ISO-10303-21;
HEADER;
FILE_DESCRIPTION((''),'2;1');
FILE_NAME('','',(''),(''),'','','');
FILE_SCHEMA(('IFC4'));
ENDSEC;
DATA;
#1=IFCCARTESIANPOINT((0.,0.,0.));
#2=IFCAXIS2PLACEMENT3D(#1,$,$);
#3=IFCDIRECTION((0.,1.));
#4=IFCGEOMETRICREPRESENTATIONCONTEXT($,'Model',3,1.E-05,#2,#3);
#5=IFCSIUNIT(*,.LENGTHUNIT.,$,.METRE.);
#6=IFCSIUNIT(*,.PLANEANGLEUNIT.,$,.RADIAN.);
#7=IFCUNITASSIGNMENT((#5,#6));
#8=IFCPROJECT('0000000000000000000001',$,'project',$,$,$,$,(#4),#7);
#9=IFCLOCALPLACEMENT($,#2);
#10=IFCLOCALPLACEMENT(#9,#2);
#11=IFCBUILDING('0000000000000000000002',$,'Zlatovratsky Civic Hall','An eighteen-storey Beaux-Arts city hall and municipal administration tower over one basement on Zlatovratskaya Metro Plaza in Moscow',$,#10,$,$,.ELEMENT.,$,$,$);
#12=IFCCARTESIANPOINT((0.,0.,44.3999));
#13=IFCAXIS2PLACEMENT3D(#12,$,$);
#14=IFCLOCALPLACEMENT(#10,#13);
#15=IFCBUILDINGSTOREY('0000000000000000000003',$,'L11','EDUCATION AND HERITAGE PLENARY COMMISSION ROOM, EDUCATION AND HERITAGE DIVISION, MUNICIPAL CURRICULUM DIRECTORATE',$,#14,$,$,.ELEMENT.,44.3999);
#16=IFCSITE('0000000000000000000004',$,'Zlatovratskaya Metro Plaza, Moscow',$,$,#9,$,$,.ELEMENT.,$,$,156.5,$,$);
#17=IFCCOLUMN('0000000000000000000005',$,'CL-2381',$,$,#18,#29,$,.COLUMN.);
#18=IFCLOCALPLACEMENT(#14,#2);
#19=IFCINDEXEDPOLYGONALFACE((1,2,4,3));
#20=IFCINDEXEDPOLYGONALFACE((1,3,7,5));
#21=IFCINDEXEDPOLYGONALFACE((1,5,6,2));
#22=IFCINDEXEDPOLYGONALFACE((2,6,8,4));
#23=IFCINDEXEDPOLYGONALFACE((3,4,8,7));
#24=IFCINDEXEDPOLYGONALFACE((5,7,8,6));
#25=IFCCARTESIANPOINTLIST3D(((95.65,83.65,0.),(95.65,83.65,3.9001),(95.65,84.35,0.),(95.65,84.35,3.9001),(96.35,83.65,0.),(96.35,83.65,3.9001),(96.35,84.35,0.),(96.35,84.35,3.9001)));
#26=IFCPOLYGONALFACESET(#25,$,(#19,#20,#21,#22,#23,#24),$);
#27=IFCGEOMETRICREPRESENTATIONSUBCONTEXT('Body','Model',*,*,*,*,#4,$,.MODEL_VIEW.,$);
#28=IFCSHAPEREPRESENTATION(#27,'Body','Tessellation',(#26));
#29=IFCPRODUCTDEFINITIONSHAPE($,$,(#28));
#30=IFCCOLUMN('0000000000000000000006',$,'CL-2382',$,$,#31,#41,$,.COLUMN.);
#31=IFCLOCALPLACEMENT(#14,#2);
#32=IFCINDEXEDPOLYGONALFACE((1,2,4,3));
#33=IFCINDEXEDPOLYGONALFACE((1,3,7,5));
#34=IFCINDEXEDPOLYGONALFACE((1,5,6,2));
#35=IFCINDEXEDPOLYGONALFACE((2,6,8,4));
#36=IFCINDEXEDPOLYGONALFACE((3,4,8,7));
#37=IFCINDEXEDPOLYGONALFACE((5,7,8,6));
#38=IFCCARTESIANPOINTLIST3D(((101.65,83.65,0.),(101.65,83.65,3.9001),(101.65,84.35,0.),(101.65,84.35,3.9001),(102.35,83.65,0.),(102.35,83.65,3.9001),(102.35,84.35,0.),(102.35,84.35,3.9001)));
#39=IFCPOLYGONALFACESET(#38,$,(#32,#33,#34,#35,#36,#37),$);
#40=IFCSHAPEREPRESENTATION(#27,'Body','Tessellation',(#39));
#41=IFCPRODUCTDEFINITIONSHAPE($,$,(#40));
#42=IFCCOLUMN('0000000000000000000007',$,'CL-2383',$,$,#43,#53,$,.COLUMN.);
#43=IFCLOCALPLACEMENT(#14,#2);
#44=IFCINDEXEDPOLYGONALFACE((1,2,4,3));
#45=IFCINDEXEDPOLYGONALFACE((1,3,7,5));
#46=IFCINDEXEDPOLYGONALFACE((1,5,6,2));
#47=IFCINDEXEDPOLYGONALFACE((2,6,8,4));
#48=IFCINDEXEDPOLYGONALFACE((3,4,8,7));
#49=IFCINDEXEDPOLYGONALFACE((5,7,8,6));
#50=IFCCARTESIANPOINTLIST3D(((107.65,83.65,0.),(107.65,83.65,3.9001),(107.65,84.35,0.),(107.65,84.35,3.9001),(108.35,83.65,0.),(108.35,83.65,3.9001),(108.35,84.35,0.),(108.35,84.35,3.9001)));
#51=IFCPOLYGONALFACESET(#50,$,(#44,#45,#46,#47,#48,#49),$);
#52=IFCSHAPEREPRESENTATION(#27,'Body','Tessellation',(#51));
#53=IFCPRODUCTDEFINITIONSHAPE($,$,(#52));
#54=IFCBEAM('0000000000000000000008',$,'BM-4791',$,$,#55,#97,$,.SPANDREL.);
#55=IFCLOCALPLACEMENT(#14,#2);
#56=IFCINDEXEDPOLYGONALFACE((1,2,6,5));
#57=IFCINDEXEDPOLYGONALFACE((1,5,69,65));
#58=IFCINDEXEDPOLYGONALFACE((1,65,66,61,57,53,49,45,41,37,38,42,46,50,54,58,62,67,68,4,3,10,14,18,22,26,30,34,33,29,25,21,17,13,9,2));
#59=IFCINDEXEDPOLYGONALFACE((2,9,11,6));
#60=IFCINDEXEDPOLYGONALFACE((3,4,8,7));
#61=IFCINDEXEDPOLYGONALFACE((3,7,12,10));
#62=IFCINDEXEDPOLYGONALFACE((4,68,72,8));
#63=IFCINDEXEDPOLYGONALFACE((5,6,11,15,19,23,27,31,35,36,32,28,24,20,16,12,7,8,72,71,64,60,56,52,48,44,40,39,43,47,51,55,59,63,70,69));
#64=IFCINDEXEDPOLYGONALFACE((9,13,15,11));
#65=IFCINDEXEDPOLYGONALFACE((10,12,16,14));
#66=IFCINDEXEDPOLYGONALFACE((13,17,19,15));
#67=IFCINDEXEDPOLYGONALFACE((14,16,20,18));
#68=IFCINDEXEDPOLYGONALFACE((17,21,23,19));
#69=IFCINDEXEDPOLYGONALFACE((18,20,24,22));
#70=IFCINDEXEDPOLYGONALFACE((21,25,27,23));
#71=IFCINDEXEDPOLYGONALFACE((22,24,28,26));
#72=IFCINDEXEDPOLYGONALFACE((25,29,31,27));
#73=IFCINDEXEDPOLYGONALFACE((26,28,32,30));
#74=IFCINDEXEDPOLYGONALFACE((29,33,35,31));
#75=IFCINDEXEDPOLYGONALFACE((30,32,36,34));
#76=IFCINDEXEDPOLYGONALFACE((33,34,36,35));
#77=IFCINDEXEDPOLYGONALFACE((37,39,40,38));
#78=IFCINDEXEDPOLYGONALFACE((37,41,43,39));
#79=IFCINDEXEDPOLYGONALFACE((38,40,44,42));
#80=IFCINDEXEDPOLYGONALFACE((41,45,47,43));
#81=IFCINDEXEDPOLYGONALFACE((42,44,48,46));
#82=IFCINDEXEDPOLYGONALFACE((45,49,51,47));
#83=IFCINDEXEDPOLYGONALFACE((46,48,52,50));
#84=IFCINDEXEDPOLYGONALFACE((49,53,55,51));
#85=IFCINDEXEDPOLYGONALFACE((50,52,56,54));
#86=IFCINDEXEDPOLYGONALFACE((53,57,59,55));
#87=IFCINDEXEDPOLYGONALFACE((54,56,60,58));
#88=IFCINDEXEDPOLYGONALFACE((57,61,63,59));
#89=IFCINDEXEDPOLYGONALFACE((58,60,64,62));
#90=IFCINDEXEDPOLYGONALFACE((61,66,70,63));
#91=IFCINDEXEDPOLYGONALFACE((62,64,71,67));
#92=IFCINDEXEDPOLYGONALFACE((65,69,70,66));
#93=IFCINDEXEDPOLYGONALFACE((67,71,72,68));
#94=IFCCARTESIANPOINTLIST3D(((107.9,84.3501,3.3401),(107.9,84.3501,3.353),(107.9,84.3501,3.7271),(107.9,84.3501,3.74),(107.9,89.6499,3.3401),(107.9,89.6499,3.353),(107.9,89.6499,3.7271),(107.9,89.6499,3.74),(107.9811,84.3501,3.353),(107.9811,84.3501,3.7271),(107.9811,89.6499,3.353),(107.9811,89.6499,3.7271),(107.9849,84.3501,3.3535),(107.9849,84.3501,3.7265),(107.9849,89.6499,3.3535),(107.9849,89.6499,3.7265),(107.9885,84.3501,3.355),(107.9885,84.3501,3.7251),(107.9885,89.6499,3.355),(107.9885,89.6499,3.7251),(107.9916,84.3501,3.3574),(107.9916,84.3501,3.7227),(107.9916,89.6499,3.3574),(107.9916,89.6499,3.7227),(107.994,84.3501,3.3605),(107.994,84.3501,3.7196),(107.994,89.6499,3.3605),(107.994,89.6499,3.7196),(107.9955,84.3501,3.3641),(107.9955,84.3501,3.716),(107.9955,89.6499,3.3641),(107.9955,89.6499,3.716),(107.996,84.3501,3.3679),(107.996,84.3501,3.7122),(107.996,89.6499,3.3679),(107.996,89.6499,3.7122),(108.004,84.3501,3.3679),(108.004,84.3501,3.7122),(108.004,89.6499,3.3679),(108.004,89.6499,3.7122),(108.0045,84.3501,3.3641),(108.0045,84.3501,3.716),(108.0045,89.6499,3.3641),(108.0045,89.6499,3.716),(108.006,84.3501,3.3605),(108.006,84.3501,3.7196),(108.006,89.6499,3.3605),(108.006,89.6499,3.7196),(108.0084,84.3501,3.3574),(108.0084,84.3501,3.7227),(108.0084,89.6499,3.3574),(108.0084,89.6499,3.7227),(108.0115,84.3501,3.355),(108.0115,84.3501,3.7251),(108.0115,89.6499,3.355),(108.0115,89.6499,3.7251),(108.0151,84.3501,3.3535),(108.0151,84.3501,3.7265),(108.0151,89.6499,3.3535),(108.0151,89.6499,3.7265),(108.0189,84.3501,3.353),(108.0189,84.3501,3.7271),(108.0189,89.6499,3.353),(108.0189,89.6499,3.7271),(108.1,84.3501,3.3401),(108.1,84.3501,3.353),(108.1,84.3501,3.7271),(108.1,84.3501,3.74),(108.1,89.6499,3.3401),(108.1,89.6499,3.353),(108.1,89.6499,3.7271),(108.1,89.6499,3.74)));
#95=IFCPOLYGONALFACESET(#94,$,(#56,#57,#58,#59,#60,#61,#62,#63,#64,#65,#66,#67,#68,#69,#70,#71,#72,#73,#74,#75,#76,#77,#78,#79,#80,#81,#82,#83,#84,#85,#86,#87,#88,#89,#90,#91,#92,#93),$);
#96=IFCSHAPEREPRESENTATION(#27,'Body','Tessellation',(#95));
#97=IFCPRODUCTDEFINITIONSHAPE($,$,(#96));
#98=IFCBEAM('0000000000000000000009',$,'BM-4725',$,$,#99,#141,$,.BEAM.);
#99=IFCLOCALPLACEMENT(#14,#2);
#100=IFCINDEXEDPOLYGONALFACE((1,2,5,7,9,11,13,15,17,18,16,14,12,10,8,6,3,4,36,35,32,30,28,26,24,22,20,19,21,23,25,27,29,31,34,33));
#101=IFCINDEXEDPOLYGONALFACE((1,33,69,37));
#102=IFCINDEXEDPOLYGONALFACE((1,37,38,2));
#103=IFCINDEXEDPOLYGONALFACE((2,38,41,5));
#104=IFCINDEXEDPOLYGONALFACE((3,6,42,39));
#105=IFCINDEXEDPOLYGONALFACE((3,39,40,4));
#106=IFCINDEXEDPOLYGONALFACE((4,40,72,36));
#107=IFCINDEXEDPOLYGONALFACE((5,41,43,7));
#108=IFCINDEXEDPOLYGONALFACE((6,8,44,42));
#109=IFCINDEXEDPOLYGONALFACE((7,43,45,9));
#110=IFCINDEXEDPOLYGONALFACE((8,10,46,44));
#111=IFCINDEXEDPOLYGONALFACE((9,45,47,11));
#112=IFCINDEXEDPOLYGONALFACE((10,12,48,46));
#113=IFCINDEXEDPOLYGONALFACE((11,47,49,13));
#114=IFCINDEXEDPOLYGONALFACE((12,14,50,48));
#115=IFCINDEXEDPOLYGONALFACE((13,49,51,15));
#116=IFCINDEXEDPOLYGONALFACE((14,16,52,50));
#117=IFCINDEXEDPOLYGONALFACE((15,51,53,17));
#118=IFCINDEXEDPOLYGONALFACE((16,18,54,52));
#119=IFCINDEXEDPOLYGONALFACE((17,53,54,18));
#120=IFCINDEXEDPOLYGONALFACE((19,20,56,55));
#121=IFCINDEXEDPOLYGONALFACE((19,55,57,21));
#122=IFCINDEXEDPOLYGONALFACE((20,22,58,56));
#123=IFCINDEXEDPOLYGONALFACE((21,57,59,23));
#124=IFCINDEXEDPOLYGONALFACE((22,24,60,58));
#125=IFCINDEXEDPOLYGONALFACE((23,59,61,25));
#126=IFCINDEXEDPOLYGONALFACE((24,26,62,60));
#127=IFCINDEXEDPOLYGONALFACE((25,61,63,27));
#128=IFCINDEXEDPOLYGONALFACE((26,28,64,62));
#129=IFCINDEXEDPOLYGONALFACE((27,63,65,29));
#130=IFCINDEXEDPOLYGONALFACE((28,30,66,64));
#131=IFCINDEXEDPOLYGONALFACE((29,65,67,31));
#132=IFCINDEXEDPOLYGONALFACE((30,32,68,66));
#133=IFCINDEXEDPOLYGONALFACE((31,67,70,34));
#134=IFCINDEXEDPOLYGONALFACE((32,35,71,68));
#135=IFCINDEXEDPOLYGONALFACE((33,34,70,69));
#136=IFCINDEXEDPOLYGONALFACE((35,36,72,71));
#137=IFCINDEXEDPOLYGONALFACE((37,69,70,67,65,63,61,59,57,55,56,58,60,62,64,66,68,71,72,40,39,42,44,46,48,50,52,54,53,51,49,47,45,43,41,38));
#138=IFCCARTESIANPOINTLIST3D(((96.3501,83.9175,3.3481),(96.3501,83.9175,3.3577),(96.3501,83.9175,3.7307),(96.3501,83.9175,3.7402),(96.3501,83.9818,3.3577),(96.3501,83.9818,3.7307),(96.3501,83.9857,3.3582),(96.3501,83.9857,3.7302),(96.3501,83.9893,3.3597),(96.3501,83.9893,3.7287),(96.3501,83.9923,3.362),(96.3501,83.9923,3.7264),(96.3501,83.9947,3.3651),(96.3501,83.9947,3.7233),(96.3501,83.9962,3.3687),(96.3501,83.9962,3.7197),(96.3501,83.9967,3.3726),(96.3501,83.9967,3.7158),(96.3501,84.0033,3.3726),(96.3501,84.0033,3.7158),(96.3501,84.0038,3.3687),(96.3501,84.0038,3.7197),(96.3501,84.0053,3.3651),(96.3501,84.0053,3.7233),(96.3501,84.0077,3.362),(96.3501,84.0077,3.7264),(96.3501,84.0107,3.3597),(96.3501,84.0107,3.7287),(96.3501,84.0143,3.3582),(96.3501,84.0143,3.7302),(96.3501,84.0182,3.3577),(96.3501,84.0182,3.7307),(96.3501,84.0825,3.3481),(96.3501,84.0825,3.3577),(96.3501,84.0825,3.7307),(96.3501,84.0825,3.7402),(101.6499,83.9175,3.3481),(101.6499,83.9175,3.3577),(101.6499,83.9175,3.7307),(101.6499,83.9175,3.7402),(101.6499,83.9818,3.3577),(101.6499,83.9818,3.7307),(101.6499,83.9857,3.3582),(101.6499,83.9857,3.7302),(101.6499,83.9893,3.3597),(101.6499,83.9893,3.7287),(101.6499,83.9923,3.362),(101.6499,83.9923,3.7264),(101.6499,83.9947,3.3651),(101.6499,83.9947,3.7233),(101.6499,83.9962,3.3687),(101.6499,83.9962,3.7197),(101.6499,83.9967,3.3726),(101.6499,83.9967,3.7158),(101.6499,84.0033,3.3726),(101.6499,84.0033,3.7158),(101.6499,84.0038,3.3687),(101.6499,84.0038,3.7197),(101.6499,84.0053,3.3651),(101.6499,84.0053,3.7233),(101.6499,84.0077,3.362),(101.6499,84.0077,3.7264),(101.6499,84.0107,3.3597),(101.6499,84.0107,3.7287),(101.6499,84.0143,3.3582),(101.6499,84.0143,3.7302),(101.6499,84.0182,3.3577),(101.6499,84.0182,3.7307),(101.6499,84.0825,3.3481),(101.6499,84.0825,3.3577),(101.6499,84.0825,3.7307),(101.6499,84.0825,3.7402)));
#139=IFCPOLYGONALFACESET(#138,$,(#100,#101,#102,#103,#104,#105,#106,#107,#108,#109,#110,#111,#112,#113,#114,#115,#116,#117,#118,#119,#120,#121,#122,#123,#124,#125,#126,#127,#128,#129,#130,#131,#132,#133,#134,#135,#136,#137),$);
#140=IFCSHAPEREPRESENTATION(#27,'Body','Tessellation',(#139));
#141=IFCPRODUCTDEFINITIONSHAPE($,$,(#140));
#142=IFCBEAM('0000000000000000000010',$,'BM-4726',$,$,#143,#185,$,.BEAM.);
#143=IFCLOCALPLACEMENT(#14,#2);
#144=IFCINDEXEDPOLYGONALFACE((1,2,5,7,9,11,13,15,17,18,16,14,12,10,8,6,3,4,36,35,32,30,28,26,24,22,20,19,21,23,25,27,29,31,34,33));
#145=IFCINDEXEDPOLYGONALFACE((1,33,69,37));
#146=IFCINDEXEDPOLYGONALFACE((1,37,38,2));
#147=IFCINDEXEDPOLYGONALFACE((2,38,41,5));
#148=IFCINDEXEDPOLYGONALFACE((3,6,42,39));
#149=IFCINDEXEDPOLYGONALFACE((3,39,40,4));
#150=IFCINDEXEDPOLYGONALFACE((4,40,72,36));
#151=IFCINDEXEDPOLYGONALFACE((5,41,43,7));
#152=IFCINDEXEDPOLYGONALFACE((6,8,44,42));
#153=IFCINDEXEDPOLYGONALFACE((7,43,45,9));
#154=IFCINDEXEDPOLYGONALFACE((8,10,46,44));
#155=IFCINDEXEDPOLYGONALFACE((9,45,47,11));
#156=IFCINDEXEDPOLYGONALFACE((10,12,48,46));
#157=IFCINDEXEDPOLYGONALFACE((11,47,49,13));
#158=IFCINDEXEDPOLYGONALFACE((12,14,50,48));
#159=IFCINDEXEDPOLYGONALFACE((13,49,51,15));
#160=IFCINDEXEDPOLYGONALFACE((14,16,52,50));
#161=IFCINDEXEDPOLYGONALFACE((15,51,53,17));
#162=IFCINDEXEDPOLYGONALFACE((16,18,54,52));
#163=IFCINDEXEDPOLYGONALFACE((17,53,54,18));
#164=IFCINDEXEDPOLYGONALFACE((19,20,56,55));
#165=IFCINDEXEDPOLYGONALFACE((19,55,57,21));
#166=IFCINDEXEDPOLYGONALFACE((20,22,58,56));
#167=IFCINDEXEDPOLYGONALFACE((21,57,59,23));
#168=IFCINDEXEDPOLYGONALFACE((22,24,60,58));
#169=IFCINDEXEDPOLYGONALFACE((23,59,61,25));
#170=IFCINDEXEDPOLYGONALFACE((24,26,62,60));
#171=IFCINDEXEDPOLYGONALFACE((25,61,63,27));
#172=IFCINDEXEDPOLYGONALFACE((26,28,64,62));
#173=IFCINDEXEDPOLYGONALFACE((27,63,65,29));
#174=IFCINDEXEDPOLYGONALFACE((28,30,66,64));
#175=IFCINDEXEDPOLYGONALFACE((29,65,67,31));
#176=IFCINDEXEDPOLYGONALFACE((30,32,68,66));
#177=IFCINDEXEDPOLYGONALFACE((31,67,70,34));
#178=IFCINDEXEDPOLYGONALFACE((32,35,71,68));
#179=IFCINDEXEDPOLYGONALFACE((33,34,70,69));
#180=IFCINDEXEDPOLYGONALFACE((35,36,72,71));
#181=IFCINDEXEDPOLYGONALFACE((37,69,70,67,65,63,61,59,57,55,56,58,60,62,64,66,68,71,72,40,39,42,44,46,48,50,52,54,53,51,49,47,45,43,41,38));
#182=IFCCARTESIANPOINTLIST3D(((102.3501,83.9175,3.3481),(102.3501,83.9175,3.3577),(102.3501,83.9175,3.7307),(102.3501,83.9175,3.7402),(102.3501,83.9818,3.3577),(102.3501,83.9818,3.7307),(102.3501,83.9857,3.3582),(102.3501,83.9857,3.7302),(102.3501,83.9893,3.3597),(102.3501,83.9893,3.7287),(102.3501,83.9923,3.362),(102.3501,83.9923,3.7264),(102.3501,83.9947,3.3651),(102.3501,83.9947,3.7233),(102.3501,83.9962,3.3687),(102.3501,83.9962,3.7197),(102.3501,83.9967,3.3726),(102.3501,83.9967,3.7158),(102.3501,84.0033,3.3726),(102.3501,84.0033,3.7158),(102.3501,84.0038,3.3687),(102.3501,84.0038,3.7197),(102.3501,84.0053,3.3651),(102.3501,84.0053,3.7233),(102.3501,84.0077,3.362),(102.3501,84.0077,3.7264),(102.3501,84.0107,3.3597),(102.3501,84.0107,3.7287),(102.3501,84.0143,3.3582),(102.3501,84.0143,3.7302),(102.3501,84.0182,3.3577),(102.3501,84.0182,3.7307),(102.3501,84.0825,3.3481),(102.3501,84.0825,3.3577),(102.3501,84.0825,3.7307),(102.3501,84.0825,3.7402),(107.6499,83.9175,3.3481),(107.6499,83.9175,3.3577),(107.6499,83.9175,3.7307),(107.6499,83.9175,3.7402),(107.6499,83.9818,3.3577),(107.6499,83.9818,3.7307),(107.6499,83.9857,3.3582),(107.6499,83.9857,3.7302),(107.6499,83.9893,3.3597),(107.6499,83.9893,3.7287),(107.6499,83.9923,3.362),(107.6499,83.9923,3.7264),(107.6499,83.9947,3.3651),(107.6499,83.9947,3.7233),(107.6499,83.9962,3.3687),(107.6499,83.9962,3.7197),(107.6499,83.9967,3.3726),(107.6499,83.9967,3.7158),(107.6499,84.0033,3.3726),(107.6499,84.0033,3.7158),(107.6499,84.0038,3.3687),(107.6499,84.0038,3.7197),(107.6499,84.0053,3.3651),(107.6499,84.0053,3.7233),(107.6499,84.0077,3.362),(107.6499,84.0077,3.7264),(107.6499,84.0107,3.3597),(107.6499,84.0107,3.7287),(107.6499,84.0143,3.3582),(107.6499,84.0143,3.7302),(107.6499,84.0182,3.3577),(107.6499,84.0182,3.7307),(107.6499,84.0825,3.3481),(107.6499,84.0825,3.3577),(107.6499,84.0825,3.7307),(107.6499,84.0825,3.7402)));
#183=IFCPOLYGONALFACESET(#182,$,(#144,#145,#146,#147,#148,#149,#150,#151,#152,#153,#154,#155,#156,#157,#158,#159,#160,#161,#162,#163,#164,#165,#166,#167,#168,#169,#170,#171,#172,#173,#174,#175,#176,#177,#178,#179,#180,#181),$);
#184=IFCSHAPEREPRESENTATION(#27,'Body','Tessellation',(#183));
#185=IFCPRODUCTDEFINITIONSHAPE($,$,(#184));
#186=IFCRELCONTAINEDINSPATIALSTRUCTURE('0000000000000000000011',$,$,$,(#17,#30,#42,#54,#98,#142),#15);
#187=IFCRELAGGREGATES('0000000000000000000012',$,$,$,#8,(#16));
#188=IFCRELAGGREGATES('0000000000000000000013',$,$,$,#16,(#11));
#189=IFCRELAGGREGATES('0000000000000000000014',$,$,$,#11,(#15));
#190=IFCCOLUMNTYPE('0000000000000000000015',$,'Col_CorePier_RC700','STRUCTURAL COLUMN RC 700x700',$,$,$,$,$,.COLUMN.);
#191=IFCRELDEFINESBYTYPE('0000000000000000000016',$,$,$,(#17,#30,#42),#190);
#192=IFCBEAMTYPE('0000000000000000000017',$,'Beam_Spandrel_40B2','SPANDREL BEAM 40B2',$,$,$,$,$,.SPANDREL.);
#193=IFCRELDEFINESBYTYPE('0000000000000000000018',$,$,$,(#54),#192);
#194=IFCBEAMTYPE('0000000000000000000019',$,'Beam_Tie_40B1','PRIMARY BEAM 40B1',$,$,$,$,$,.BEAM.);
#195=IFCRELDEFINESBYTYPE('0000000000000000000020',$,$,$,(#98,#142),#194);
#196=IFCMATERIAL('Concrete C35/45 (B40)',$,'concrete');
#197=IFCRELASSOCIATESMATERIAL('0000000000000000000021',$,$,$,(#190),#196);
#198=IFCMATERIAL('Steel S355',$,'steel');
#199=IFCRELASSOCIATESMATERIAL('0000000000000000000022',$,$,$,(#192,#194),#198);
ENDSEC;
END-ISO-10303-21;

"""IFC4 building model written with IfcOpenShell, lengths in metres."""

from ifc_helpers import new_model, si_unit, direction, frame, origin, origin_2d, place, context, subcontext, project, spatial, rectangle, i_section, extrude, material, material_profile, profile_set, type_object, element, save


model = new_model("IFC4")

# Units and contexts
model_context = context("Model", 3, precision=1e-05, world=origin(), true_north=direction((0.0, 1.0)))
body_context = subcontext(model_context, "Body", "Model", "MODEL_VIEW")
ifc_project = project(units=[si_unit("LENGTHUNIT", "METRE"), si_unit("PLANEANGLEUNIT", "RADIAN")], contexts=[model_context])

# Site, building, storey
site_placement = place(None, origin())
site = spatial("IfcSite", under=ifc_project, at=site_placement, Name="Zlatovratskaya Metro Plaza, Moscow", CompositionType="ELEMENT", RefElevation=156.5)
building_placement = place(site_placement, origin())
building = spatial("IfcBuilding", under=site, at=building_placement, Name="Zlatovratsky Civic Hall", Description="An eighteen-storey Beaux-Arts city hall and municipal administration tower over one basement on Zlatovratskaya Metro Plaza in Moscow", CompositionType="ELEMENT")
storey_placement = place(building_placement, frame((0.0, 0.0, 44.3999)))
storey = spatial("IfcBuildingStorey", under=building, at=storey_placement, Name="L11", Description="EDUCATION AND HERITAGE PLENARY COMMISSION ROOM, EDUCATION AND HERITAGE DIVISION, MUNICIPAL CURRICULUM DIRECTORATE", CompositionType="ELEMENT", Elevation=44.3999)

# Columns
ifc_material_1 = material(Name="Concrete C35/45 (B40)", Category="concrete")
ifc_material_profile_1 = material_profile(ifc_material_1, rectangle(XDim=0.7, YDim=0.7, at=origin_2d()), Name="RC 700x700")
ifc_profile_set_1 = profile_set([ifc_material_profile_1], Name="Concrete C35/45 (B40)")
column_type = type_object("IfcColumnType", Name="Col_CorePier_RC700", Description="STRUCTURAL COLUMN RC 700x700", PredefinedType="COLUMN", material=ifc_profile_set_1)
for number, where, z_axis, x_axis, name in (
    (1, (96.0, 84.0, 0.0), (0.0, 0.0, 1.0), (1.0, 0.0, 0.0), "CL-2381"),
    (2, (102.0, 84.0, 0.0), (0.0, 0.0, 1.0), (1.0, 0.0, 0.0), "CL-2382"),
    (3, (108.0, 84.0, 0.0), (0.0, 0.0, 1.0), (1.0, 0.0, 0.0), "CL-2383"),
):
    element("IfcColumn", number, at=place(storey_placement, frame(where, z_axis=z_axis, x_axis=x_axis)), inside=storey, type_object=column_type, Name=name, PredefinedType="COLUMN", context=body_context, shape_type="SweptSolid", body=[
        extrude(rectangle(XDim=0.7, YDim=0.7, at=origin_2d()), origin(), (0.0, 0.0, 1.0), 3.9001),
    ])

# Beams
ifc_material_2 = material(Name="Steel S355", Category="steel")
ifc_material_profile_2 = material_profile(ifc_material_2, i_section(OverallWidth=0.2, OverallDepth=0.3999, WebThickness=0.0081, FlangeThickness=0.0129, FilletRadius=0.0149, at=origin_2d()), Name="40B2")
ifc_profile_set_2 = profile_set([ifc_material_profile_2], Name="Steel S355")
beam_type_1 = type_object("IfcBeamType", Name="Beam_Spandrel_40B2", Description="SPANDREL BEAM 40B2", PredefinedType="SPANDREL", material=ifc_profile_set_2)
beam_placement = place(storey_placement, frame((108.0, 84.3501, 3.54), z_axis=(0.0, 1.0, 0.0), x_axis=(-1.0, 0.0, 0.0)))
element("IfcBeam", 4, at=beam_placement, inside=storey, type_object=beam_type_1, Name="BM-4791", PredefinedType="SPANDREL", context=body_context, shape_type="SweptSolid", body=[
    extrude(i_section(OverallWidth=0.2, OverallDepth=0.3999, WebThickness=0.0081, FlangeThickness=0.0129, FilletRadius=0.0149, at=origin_2d()), origin(), (0.0, 0.0, 1.0), 5.2998),
])
ifc_material_profile_3 = material_profile(ifc_material_2, i_section(OverallWidth=0.165, OverallDepth=0.3921, WebThickness=0.0066, FlangeThickness=0.0095, FilletRadius=0.0149, at=origin_2d()), Name="40B1")
ifc_profile_set_3 = profile_set([ifc_material_profile_3], Name="Steel S355")
beam_type_2 = type_object("IfcBeamType", Name="Beam_Tie_40B1", Description="PRIMARY BEAM 40B1", PredefinedType="BEAM", material=ifc_profile_set_3)
for number, where, z_axis, x_axis, name in (
    (5, (96.3501, 84.0, 3.5442), (1.0, 0.0, 0.0), (0.0, 1.0, 0.0), "BM-4725"),
    (6, (102.3501, 84.0, 3.5442), (1.0, 0.0, 0.0), (0.0, 1.0, 0.0), "BM-4726"),
):
    element("IfcBeam", number, at=place(storey_placement, frame(where, z_axis=z_axis, x_axis=x_axis)), inside=storey, type_object=beam_type_2, Name=name, PredefinedType="BEAM", context=body_context, shape_type="SweptSolid", body=[
        extrude(i_section(OverallWidth=0.165, OverallDepth=0.3921, WebThickness=0.0066, FlangeThickness=0.0095, FilletRadius=0.0149, at=origin_2d()), origin(), (0.0, 0.0, 1.0), 5.2998),
    ])

save(model, "model.ifc")
